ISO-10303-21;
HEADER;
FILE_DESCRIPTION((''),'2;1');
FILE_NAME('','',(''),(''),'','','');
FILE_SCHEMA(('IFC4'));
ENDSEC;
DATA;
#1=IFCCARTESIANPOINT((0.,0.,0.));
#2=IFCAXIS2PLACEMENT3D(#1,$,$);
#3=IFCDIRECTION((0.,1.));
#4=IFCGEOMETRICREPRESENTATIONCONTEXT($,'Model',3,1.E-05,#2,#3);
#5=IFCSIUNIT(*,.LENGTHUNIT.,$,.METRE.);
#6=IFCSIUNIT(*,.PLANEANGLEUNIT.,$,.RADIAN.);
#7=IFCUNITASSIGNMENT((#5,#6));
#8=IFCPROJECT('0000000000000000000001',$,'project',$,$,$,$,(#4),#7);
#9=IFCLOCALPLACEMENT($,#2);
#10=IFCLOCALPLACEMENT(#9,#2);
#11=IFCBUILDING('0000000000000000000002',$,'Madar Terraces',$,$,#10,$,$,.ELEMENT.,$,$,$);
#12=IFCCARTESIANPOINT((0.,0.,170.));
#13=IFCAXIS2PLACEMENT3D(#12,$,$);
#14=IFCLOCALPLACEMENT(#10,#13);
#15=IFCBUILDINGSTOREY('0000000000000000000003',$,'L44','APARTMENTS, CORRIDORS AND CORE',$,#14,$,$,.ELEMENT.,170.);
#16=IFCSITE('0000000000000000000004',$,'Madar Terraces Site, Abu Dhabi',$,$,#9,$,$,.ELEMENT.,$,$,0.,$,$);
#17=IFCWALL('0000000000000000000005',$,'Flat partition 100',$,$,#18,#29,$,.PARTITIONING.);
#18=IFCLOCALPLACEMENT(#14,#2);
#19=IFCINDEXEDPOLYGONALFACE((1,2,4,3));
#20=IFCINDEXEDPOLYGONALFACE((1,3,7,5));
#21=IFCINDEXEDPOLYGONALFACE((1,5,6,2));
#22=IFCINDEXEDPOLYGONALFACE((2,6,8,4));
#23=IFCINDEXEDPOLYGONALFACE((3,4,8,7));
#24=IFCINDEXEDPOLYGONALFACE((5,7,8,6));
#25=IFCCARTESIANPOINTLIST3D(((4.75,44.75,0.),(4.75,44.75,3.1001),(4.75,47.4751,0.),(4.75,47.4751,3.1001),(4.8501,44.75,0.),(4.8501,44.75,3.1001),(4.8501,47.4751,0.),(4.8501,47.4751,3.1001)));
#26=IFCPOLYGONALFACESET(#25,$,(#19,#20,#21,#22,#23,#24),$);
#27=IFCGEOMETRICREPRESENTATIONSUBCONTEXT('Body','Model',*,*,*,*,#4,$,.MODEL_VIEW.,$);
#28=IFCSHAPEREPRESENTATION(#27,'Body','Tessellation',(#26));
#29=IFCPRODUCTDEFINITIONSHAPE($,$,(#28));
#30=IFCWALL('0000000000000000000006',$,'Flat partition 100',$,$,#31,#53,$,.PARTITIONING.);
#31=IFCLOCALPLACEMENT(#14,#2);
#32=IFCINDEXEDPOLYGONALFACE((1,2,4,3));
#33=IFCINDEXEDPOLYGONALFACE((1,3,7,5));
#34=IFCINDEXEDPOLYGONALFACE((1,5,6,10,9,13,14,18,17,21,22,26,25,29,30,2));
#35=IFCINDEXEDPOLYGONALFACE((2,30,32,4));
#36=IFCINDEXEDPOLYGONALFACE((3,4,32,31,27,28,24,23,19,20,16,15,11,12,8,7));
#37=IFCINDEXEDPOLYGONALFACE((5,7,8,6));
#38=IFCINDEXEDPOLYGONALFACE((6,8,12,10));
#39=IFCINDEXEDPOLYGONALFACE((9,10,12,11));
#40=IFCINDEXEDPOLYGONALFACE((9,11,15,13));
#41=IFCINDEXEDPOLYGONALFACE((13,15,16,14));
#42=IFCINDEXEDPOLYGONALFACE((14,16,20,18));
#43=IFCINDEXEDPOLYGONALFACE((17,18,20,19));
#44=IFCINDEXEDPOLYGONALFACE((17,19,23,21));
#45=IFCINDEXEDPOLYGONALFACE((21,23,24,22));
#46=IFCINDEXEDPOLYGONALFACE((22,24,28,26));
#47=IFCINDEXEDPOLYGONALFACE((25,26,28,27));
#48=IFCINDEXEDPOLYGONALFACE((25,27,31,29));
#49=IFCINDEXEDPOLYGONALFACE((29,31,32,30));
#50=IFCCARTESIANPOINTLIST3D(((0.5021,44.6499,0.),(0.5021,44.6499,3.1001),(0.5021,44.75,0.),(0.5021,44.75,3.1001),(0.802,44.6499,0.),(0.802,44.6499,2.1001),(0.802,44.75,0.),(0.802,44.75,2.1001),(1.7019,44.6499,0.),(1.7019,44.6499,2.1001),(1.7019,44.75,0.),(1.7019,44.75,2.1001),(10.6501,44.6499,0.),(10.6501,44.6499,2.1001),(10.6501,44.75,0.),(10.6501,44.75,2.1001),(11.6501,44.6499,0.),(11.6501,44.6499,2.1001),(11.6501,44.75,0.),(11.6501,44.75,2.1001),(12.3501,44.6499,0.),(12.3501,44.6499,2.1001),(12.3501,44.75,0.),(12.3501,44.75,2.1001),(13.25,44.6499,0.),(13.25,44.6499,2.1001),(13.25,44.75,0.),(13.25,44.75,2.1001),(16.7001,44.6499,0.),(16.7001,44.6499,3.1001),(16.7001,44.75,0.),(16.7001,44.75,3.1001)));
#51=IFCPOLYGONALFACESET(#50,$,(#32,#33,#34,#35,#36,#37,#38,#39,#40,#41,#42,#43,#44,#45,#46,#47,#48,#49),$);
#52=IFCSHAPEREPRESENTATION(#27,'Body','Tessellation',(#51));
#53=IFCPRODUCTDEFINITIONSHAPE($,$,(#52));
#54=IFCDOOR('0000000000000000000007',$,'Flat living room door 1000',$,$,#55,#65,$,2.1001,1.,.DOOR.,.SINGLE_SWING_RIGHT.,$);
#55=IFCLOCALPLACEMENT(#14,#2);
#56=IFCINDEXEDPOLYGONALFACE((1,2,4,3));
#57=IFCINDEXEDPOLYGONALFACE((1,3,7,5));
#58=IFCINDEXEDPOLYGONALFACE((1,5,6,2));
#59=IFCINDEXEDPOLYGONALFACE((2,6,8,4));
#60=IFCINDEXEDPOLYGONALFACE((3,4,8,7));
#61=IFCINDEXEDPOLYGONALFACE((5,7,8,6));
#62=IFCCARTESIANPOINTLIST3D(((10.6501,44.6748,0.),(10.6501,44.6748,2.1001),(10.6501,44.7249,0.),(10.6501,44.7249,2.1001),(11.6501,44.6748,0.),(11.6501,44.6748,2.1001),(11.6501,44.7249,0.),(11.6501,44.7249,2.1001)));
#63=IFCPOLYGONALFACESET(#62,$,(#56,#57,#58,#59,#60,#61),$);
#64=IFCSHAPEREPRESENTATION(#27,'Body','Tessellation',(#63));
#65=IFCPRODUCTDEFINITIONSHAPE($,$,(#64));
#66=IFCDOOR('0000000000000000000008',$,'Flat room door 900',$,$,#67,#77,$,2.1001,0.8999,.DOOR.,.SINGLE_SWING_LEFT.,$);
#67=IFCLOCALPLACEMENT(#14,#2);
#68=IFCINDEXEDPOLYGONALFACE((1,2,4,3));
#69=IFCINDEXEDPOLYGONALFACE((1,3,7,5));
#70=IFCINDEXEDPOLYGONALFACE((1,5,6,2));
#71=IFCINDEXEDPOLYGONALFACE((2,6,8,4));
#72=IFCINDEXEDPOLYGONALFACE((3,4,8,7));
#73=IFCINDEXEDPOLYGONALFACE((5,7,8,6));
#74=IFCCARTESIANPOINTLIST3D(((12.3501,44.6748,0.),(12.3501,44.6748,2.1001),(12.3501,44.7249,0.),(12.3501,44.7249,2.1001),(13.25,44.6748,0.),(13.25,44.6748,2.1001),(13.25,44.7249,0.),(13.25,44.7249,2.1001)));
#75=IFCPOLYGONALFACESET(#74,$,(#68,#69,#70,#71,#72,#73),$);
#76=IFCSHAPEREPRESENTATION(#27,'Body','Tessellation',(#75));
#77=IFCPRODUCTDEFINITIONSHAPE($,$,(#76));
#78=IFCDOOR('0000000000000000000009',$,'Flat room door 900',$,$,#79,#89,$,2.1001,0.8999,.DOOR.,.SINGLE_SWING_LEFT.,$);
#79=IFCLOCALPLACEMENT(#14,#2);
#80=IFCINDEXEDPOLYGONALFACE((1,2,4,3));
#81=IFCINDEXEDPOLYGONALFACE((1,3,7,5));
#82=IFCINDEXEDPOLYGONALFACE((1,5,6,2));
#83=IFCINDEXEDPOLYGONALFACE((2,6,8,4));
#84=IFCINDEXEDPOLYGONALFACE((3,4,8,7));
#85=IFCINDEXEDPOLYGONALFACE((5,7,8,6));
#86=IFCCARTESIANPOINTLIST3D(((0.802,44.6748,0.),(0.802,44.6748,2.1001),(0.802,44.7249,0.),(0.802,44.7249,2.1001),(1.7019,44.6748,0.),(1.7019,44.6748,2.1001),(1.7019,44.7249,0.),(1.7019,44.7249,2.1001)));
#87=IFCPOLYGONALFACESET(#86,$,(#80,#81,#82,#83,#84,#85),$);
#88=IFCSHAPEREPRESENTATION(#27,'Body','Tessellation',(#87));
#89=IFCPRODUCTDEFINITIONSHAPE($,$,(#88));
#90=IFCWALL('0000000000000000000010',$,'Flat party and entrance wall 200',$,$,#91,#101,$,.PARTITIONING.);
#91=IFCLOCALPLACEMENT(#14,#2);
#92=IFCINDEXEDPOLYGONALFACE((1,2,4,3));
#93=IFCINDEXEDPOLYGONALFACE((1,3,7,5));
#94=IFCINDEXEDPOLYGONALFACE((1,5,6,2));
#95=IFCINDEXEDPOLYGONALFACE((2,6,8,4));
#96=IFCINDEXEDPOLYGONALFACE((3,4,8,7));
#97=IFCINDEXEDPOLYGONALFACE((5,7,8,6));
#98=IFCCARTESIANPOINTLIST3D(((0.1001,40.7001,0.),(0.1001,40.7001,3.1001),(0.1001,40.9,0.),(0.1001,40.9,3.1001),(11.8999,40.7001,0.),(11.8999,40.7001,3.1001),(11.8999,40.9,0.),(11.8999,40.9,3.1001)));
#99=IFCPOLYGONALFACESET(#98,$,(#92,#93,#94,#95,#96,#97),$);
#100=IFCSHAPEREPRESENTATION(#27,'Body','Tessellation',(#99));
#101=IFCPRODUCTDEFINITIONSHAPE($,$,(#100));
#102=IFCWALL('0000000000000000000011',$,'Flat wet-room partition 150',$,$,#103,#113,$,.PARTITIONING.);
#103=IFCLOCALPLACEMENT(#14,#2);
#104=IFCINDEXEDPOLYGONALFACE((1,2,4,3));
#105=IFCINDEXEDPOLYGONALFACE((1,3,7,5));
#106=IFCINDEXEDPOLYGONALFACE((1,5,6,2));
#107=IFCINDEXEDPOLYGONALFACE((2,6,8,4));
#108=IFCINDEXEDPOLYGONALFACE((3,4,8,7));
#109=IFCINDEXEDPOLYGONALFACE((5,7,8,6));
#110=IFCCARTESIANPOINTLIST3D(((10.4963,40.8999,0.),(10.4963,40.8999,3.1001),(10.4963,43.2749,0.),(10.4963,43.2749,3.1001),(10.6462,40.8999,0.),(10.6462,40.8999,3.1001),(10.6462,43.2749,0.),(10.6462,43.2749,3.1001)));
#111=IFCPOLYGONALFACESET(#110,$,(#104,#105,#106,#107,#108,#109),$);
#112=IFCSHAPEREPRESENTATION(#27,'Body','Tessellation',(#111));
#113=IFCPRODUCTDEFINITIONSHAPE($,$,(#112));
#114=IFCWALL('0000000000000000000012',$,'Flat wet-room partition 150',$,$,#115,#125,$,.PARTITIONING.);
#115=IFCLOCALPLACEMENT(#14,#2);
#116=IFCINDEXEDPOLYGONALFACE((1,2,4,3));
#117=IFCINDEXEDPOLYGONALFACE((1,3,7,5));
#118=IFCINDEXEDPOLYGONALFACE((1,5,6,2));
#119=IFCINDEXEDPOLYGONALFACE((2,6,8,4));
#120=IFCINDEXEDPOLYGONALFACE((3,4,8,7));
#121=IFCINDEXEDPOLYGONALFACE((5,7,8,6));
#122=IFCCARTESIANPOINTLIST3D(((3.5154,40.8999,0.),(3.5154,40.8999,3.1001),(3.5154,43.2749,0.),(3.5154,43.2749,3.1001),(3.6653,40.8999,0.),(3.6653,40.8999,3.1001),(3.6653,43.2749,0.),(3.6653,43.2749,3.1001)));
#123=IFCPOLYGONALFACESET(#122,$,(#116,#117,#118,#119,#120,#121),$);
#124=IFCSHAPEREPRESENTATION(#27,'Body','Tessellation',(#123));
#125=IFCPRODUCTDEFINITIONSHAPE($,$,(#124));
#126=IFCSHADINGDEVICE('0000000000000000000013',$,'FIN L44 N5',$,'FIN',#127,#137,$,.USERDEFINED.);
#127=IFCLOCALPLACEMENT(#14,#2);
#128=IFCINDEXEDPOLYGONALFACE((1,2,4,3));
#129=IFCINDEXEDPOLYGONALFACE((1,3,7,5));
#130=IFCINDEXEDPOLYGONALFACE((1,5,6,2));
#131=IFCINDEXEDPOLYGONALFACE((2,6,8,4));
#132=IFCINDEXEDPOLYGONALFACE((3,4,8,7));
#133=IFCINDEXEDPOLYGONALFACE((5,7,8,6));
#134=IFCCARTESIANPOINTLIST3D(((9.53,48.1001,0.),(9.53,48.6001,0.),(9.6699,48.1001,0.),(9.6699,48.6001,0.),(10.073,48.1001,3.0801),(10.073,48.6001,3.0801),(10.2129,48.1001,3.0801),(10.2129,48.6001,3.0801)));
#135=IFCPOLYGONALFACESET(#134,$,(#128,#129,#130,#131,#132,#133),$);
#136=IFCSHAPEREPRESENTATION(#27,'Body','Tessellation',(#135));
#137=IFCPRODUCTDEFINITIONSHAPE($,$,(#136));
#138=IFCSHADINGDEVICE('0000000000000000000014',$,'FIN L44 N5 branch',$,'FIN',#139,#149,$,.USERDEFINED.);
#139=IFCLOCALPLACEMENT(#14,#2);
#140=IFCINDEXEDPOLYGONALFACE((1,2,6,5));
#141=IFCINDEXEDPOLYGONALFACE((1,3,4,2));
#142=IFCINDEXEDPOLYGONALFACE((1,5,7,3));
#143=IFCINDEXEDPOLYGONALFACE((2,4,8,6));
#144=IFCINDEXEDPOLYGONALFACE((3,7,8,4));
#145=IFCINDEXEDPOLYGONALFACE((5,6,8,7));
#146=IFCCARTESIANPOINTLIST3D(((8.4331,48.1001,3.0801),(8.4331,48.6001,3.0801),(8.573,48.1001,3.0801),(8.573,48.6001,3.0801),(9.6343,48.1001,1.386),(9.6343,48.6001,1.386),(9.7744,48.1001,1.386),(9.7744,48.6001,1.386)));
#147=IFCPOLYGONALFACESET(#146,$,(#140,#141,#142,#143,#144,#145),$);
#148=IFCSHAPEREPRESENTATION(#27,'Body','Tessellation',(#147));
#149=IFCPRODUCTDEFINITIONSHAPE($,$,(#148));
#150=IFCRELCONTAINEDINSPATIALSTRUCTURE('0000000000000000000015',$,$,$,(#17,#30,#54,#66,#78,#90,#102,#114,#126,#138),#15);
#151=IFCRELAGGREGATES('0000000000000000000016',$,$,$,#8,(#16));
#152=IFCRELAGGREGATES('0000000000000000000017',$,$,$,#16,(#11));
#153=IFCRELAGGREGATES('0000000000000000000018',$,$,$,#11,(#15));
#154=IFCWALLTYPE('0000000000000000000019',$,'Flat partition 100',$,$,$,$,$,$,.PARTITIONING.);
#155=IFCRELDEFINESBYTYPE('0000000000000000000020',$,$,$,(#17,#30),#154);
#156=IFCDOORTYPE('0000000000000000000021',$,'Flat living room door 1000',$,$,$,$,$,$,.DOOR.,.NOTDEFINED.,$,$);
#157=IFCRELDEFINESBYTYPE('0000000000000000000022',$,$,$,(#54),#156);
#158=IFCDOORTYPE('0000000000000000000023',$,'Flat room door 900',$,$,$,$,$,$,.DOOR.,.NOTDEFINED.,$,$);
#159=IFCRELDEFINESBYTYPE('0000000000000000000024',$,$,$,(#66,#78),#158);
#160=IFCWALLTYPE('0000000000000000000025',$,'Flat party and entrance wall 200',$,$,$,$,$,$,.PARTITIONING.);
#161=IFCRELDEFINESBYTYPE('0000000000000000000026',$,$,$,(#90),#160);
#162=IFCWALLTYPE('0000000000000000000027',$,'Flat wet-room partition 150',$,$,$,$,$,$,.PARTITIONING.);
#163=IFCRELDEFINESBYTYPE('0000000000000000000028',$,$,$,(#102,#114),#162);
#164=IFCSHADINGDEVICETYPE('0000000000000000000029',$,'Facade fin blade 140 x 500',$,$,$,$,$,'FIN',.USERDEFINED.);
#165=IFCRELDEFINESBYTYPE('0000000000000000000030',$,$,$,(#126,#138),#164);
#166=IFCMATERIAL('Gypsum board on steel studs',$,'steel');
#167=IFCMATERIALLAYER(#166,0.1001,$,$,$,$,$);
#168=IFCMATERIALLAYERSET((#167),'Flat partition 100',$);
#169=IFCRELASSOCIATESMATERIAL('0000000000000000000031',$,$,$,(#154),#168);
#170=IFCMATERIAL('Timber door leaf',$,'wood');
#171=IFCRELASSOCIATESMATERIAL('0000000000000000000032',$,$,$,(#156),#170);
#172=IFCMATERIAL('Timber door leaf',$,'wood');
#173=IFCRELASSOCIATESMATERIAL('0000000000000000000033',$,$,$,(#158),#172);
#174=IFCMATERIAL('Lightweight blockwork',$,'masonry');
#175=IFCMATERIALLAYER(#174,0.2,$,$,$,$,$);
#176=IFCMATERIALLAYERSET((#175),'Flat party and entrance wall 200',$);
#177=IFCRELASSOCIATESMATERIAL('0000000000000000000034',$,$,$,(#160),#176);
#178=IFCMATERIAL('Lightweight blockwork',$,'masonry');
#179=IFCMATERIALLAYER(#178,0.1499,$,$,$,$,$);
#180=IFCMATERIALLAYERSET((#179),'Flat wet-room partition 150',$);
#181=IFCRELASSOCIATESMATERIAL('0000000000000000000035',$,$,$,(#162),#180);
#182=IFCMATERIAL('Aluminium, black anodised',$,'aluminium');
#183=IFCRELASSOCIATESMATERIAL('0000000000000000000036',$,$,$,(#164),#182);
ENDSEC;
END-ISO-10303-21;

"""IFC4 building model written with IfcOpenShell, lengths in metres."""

from ifc_helpers import new_model, si_unit, direction, frame, frame_2d, origin, place, context, subcontext, project, spatial, polyline, rectangle, outline, extrude, material, layer, layer_set, type_object, element, fill, save


model = new_model("IFC4")

# Units and contexts
model_context = context("Model", 3, precision=1e-05, world=origin(), true_north=direction((0.0, 1.0)))
body_context = subcontext(model_context, "Body", "Model", "MODEL_VIEW")
ifc_project = project(units=[si_unit("LENGTHUNIT", "METRE"), si_unit("PLANEANGLEUNIT", "RADIAN")], contexts=[model_context])

# Site, building, storey
site_placement = place(None, origin())
site = spatial("IfcSite", under=ifc_project, at=site_placement, Name="Madar Terraces Site, Abu Dhabi", CompositionType="ELEMENT", RefElevation=0.0)
building_placement = place(site_placement, origin())
building = spatial("IfcBuilding", under=site, at=building_placement, Name="Madar Terraces", CompositionType="ELEMENT")
storey_placement = place(building_placement, frame((0.0, 0.0, 170.0)))
storey = spatial("IfcBuildingStorey", under=building, at=storey_placement, Name="L44", Description="APARTMENTS, CORRIDORS AND CORE", CompositionType="ELEMENT", Elevation=170.0)

# Wall
ifc_material_1 = material(Name="Gypsum board on steel studs", Category="steel")
ifc_layer_1 = layer(ifc_material_1, 0.1001)
ifc_layer_set_1 = layer_set([ifc_layer_1], Name="Flat partition 100")
wall_type_1 = type_object("IfcWallType", Name="Flat partition 100", PredefinedType="PARTITIONING", material=ifc_layer_set_1)
wall_1_placement = place(storey_placement, frame((4.8, 44.75, 0.0), z_axis=(0.0, 0.0, 1.0), x_axis=(0.0, 1.0, 0.0)))
element("IfcWall", 1, at=wall_1_placement, inside=storey, type_object=wall_type_1, Name="Flat partition 100", PredefinedType="PARTITIONING", context=body_context, shape_type="SweptSolid", body=[
    extrude(rectangle(XDim=2.7251, YDim=0.1001, at=frame_2d((1.3625, 0.0))), origin(), (0.0, 0.0, 1.0), 3.1001),
])

# Wall, openings, doors
wall_2_placement = place(storey_placement, frame((0.502, 44.7, 0.0), z_axis=(0.0, 0.0, 1.0), x_axis=(1.0, 0.0, 0.0)))
wall_2 = element("IfcWall", 2, at=wall_2_placement, inside=storey, type_object=wall_type_1, Name="Flat partition 100", PredefinedType="PARTITIONING", context=body_context, shape_type="SweptSolid", body=[
    extrude(rectangle(XDim=16.198, YDim=0.1001, at=frame_2d((8.0991, 0.0))), origin(), (0.0, 0.0, 1.0), 3.1001),
])
opening_1_placement = place(wall_2_placement, frame((11.8481, 0.0, 0.0)))
opening_1 = element("IfcOpeningElement", 3, at=opening_1_placement, cuts=wall_2, PredefinedType="OPENING", context=body_context, shape_type="SweptSolid", body=[
    extrude(rectangle(XDim=0.8999, YDim=2.1001, at=frame_2d((0.45, 1.05))), frame((0.0, 0.0601, 0.0), z_axis=(0.0, -1.0, 0.0), x_axis=(1.0, 0.0, 0.0)), (0.0, 0.0, 1.0), 0.1201),
])
opening_2_placement = place(wall_2_placement, frame((10.1482, 0.0, 0.0)))
opening_2 = element("IfcOpeningElement", 4, at=opening_2_placement, cuts=wall_2, PredefinedType="OPENING", context=body_context, shape_type="SweptSolid", body=[
    extrude(rectangle(XDim=1.0, YDim=2.1001, at=frame_2d((0.5, 1.05))), frame((0.0, 0.0601, 0.0), z_axis=(0.0, -1.0, 0.0), x_axis=(1.0, 0.0, 0.0)), (0.0, 0.0, 1.0), 0.1201),
])
opening_3_placement = place(wall_2_placement, frame((0.3, 0.0, 0.0)))
opening_3 = element("IfcOpeningElement", 5, at=opening_3_placement, cuts=wall_2, PredefinedType="OPENING", context=body_context, shape_type="SweptSolid", body=[
    extrude(rectangle(XDim=0.8999, YDim=2.1001, at=frame_2d((0.45, 1.05))), frame((0.0, 0.0601, 0.0), z_axis=(0.0, -1.0, 0.0), x_axis=(1.0, 0.0, 0.0)), (0.0, 0.0, 1.0), 0.1201),
])
ifc_material_2 = material(Name="Timber door leaf", Category="wood")
door_type_1 = type_object("IfcDoorType", Name="Flat living room door 1000", OperationType="NOTDEFINED", PredefinedType="DOOR", material=ifc_material_2)
door_1_placement = place(opening_2_placement, origin())
door_1 = element("IfcDoor", 6, at=door_1_placement, inside=storey, type_object=door_type_1, Name="Flat living room door 1000", OperationType="SINGLE_SWING_RIGHT", OverallHeight=2.1001, OverallWidth=1.0, PredefinedType="DOOR", context=body_context, shape_type="SweptSolid", body=[
    extrude(rectangle(XDim=1.0, YDim=2.1001, at=frame_2d((0.5, 1.05))), frame((0.0, 0.0249, 0.0), z_axis=(0.0, -1.0, 0.0), x_axis=(1.0, 0.0, 0.0)), (0.0, 0.0, 1.0), 0.05),
])
fill(opening_2, door_1)
ifc_material_3 = material(Name="Timber door leaf", Category="wood")
door_type_2 = type_object("IfcDoorType", Name="Flat room door 900", OperationType="NOTDEFINED", PredefinedType="DOOR", material=ifc_material_3)
door_2_placement = place(opening_1_placement, origin())
door_2 = element("IfcDoor", 7, at=door_2_placement, inside=storey, type_object=door_type_2, Name="Flat room door 900", OperationType="SINGLE_SWING_LEFT", OverallHeight=2.1001, OverallWidth=0.8999, PredefinedType="DOOR", context=body_context, shape_type="SweptSolid", body=[
    extrude(rectangle(XDim=0.8999, YDim=2.1001, at=frame_2d((0.45, 1.05))), frame((0.0, 0.0249, 0.0), z_axis=(0.0, -1.0, 0.0), x_axis=(1.0, 0.0, 0.0)), (0.0, 0.0, 1.0), 0.05),
])
fill(opening_1, door_2)
door_3_placement = place(opening_3_placement, origin())
door_3 = element("IfcDoor", 8, at=door_3_placement, inside=storey, type_object=door_type_2, Name="Flat room door 900", OperationType="SINGLE_SWING_LEFT", OverallHeight=2.1001, OverallWidth=0.8999, PredefinedType="DOOR", context=body_context, shape_type="SweptSolid", body=[
    extrude(rectangle(XDim=0.8999, YDim=2.1001, at=frame_2d((0.45, 1.05))), frame((0.0, 0.0249, 0.0), z_axis=(0.0, -1.0, 0.0), x_axis=(1.0, 0.0, 0.0)), (0.0, 0.0, 1.0), 0.05),
])
fill(opening_3, door_3)

# Walls
ifc_material_4 = material(Name="Lightweight blockwork", Category="masonry")
ifc_layer_2 = layer(ifc_material_4, 0.2)
ifc_layer_set_2 = layer_set([ifc_layer_2], Name="Flat party and entrance wall 200")
wall_type_2 = type_object("IfcWallType", Name="Flat party and entrance wall 200", PredefinedType="PARTITIONING", material=ifc_layer_set_2)
wall_3_placement = place(storey_placement, frame((0.1001, 40.8, 0.0), z_axis=(0.0, 0.0, 1.0), x_axis=(1.0, 0.0, 0.0)))
element("IfcWall", 9, at=wall_3_placement, inside=storey, type_object=wall_type_2, Name="Flat party and entrance wall 200", PredefinedType="PARTITIONING", context=body_context, shape_type="SweptSolid", body=[
    extrude(rectangle(XDim=11.7998, YDim=0.2, at=frame_2d((5.8999, 0.0))), origin(), (0.0, 0.0, 1.0), 3.1001),
])
ifc_material_5 = material(Name="Lightweight blockwork", Category="masonry")
ifc_layer_3 = layer(ifc_material_5, 0.1499)
ifc_layer_set_3 = layer_set([ifc_layer_3], Name="Flat wet-room partition 150")
wall_type_3 = type_object("IfcWallType", Name="Flat wet-room partition 150", PredefinedType="PARTITIONING", material=ifc_layer_set_3)
for number, where, z_axis, x_axis, name in (
    (10, (10.5713, 40.8999, 0.0), (0.0, 0.0, 1.0), (0.0, 1.0, 0.0), "Flat wet-room partition 150"),
    (11, (3.5903, 40.8999, 0.0), (0.0, 0.0, 1.0), (0.0, 1.0, 0.0), "Flat wet-room partition 150"),
):
    element("IfcWall", number, at=place(storey_placement, frame(where, z_axis=z_axis, x_axis=x_axis)), inside=storey, type_object=wall_type_3, Name=name, PredefinedType="PARTITIONING", context=body_context, shape_type="SweptSolid", body=[
        extrude(rectangle(XDim=2.375, YDim=0.1499, at=frame_2d((1.1875, 0.0))), origin(), (0.0, 0.0, 1.0), 3.1001),
    ])

# Shading devices
ifc_material_6 = material(Name="Aluminium, black anodised", Category="aluminium")
shading_device_type = type_object("IfcShadingDeviceType", Name="Facade fin blade 140 x 500", ElementType="FIN", PredefinedType="USERDEFINED", material=ifc_material_6)
shading_device_1_placement = place(storey_placement, frame((9.6699, 48.3501, 0.0), z_axis=(0.0, 0.0, 1.0), x_axis=(-1.0, 0.0, 0.0)))
element("IfcShadingDevice", 12, at=shading_device_1_placement, inside=storey, type_object=shading_device_type, Name="FIN L44 N5", ObjectType="FIN", PredefinedType="USERDEFINED", context=body_context, shape_type="SweptSolid", body=[
    extrude(outline(polyline([(0.0, 0.0), (0.1399, 0.0), (-0.4031, 3.0801), (-0.543, 3.0801), (0.0, 0.0)])), frame((0.0, 0.25, 0.0), z_axis=(0.0, -1.0, 0.0), x_axis=(1.0, 0.0, 0.0)), (0.0, 0.0, 1.0), 0.5),
])
shading_device_2_placement = place(storey_placement, frame((9.7744, 48.3501, 1.386), z_axis=(0.0, 0.0, 1.0), x_axis=(-1.0, 0.0, 0.0)))
element("IfcShadingDevice", 13, at=shading_device_2_placement, inside=storey, type_object=shading_device_type, Name="FIN L44 N5 branch", ObjectType="FIN", PredefinedType="USERDEFINED", context=body_context, shape_type="SweptSolid", body=[
    extrude(outline(polyline([(0.0, 0.0), (0.1401, 0.0), (1.3413, 1.6941), (1.2014, 1.6941), (0.0, 0.0)])), frame((0.0, 0.25, 0.0), z_axis=(0.0, -1.0, 0.0), x_axis=(1.0, 0.0, 0.0)), (0.0, 0.0, 1.0), 0.5),
])

save(model, "model.ifc")
